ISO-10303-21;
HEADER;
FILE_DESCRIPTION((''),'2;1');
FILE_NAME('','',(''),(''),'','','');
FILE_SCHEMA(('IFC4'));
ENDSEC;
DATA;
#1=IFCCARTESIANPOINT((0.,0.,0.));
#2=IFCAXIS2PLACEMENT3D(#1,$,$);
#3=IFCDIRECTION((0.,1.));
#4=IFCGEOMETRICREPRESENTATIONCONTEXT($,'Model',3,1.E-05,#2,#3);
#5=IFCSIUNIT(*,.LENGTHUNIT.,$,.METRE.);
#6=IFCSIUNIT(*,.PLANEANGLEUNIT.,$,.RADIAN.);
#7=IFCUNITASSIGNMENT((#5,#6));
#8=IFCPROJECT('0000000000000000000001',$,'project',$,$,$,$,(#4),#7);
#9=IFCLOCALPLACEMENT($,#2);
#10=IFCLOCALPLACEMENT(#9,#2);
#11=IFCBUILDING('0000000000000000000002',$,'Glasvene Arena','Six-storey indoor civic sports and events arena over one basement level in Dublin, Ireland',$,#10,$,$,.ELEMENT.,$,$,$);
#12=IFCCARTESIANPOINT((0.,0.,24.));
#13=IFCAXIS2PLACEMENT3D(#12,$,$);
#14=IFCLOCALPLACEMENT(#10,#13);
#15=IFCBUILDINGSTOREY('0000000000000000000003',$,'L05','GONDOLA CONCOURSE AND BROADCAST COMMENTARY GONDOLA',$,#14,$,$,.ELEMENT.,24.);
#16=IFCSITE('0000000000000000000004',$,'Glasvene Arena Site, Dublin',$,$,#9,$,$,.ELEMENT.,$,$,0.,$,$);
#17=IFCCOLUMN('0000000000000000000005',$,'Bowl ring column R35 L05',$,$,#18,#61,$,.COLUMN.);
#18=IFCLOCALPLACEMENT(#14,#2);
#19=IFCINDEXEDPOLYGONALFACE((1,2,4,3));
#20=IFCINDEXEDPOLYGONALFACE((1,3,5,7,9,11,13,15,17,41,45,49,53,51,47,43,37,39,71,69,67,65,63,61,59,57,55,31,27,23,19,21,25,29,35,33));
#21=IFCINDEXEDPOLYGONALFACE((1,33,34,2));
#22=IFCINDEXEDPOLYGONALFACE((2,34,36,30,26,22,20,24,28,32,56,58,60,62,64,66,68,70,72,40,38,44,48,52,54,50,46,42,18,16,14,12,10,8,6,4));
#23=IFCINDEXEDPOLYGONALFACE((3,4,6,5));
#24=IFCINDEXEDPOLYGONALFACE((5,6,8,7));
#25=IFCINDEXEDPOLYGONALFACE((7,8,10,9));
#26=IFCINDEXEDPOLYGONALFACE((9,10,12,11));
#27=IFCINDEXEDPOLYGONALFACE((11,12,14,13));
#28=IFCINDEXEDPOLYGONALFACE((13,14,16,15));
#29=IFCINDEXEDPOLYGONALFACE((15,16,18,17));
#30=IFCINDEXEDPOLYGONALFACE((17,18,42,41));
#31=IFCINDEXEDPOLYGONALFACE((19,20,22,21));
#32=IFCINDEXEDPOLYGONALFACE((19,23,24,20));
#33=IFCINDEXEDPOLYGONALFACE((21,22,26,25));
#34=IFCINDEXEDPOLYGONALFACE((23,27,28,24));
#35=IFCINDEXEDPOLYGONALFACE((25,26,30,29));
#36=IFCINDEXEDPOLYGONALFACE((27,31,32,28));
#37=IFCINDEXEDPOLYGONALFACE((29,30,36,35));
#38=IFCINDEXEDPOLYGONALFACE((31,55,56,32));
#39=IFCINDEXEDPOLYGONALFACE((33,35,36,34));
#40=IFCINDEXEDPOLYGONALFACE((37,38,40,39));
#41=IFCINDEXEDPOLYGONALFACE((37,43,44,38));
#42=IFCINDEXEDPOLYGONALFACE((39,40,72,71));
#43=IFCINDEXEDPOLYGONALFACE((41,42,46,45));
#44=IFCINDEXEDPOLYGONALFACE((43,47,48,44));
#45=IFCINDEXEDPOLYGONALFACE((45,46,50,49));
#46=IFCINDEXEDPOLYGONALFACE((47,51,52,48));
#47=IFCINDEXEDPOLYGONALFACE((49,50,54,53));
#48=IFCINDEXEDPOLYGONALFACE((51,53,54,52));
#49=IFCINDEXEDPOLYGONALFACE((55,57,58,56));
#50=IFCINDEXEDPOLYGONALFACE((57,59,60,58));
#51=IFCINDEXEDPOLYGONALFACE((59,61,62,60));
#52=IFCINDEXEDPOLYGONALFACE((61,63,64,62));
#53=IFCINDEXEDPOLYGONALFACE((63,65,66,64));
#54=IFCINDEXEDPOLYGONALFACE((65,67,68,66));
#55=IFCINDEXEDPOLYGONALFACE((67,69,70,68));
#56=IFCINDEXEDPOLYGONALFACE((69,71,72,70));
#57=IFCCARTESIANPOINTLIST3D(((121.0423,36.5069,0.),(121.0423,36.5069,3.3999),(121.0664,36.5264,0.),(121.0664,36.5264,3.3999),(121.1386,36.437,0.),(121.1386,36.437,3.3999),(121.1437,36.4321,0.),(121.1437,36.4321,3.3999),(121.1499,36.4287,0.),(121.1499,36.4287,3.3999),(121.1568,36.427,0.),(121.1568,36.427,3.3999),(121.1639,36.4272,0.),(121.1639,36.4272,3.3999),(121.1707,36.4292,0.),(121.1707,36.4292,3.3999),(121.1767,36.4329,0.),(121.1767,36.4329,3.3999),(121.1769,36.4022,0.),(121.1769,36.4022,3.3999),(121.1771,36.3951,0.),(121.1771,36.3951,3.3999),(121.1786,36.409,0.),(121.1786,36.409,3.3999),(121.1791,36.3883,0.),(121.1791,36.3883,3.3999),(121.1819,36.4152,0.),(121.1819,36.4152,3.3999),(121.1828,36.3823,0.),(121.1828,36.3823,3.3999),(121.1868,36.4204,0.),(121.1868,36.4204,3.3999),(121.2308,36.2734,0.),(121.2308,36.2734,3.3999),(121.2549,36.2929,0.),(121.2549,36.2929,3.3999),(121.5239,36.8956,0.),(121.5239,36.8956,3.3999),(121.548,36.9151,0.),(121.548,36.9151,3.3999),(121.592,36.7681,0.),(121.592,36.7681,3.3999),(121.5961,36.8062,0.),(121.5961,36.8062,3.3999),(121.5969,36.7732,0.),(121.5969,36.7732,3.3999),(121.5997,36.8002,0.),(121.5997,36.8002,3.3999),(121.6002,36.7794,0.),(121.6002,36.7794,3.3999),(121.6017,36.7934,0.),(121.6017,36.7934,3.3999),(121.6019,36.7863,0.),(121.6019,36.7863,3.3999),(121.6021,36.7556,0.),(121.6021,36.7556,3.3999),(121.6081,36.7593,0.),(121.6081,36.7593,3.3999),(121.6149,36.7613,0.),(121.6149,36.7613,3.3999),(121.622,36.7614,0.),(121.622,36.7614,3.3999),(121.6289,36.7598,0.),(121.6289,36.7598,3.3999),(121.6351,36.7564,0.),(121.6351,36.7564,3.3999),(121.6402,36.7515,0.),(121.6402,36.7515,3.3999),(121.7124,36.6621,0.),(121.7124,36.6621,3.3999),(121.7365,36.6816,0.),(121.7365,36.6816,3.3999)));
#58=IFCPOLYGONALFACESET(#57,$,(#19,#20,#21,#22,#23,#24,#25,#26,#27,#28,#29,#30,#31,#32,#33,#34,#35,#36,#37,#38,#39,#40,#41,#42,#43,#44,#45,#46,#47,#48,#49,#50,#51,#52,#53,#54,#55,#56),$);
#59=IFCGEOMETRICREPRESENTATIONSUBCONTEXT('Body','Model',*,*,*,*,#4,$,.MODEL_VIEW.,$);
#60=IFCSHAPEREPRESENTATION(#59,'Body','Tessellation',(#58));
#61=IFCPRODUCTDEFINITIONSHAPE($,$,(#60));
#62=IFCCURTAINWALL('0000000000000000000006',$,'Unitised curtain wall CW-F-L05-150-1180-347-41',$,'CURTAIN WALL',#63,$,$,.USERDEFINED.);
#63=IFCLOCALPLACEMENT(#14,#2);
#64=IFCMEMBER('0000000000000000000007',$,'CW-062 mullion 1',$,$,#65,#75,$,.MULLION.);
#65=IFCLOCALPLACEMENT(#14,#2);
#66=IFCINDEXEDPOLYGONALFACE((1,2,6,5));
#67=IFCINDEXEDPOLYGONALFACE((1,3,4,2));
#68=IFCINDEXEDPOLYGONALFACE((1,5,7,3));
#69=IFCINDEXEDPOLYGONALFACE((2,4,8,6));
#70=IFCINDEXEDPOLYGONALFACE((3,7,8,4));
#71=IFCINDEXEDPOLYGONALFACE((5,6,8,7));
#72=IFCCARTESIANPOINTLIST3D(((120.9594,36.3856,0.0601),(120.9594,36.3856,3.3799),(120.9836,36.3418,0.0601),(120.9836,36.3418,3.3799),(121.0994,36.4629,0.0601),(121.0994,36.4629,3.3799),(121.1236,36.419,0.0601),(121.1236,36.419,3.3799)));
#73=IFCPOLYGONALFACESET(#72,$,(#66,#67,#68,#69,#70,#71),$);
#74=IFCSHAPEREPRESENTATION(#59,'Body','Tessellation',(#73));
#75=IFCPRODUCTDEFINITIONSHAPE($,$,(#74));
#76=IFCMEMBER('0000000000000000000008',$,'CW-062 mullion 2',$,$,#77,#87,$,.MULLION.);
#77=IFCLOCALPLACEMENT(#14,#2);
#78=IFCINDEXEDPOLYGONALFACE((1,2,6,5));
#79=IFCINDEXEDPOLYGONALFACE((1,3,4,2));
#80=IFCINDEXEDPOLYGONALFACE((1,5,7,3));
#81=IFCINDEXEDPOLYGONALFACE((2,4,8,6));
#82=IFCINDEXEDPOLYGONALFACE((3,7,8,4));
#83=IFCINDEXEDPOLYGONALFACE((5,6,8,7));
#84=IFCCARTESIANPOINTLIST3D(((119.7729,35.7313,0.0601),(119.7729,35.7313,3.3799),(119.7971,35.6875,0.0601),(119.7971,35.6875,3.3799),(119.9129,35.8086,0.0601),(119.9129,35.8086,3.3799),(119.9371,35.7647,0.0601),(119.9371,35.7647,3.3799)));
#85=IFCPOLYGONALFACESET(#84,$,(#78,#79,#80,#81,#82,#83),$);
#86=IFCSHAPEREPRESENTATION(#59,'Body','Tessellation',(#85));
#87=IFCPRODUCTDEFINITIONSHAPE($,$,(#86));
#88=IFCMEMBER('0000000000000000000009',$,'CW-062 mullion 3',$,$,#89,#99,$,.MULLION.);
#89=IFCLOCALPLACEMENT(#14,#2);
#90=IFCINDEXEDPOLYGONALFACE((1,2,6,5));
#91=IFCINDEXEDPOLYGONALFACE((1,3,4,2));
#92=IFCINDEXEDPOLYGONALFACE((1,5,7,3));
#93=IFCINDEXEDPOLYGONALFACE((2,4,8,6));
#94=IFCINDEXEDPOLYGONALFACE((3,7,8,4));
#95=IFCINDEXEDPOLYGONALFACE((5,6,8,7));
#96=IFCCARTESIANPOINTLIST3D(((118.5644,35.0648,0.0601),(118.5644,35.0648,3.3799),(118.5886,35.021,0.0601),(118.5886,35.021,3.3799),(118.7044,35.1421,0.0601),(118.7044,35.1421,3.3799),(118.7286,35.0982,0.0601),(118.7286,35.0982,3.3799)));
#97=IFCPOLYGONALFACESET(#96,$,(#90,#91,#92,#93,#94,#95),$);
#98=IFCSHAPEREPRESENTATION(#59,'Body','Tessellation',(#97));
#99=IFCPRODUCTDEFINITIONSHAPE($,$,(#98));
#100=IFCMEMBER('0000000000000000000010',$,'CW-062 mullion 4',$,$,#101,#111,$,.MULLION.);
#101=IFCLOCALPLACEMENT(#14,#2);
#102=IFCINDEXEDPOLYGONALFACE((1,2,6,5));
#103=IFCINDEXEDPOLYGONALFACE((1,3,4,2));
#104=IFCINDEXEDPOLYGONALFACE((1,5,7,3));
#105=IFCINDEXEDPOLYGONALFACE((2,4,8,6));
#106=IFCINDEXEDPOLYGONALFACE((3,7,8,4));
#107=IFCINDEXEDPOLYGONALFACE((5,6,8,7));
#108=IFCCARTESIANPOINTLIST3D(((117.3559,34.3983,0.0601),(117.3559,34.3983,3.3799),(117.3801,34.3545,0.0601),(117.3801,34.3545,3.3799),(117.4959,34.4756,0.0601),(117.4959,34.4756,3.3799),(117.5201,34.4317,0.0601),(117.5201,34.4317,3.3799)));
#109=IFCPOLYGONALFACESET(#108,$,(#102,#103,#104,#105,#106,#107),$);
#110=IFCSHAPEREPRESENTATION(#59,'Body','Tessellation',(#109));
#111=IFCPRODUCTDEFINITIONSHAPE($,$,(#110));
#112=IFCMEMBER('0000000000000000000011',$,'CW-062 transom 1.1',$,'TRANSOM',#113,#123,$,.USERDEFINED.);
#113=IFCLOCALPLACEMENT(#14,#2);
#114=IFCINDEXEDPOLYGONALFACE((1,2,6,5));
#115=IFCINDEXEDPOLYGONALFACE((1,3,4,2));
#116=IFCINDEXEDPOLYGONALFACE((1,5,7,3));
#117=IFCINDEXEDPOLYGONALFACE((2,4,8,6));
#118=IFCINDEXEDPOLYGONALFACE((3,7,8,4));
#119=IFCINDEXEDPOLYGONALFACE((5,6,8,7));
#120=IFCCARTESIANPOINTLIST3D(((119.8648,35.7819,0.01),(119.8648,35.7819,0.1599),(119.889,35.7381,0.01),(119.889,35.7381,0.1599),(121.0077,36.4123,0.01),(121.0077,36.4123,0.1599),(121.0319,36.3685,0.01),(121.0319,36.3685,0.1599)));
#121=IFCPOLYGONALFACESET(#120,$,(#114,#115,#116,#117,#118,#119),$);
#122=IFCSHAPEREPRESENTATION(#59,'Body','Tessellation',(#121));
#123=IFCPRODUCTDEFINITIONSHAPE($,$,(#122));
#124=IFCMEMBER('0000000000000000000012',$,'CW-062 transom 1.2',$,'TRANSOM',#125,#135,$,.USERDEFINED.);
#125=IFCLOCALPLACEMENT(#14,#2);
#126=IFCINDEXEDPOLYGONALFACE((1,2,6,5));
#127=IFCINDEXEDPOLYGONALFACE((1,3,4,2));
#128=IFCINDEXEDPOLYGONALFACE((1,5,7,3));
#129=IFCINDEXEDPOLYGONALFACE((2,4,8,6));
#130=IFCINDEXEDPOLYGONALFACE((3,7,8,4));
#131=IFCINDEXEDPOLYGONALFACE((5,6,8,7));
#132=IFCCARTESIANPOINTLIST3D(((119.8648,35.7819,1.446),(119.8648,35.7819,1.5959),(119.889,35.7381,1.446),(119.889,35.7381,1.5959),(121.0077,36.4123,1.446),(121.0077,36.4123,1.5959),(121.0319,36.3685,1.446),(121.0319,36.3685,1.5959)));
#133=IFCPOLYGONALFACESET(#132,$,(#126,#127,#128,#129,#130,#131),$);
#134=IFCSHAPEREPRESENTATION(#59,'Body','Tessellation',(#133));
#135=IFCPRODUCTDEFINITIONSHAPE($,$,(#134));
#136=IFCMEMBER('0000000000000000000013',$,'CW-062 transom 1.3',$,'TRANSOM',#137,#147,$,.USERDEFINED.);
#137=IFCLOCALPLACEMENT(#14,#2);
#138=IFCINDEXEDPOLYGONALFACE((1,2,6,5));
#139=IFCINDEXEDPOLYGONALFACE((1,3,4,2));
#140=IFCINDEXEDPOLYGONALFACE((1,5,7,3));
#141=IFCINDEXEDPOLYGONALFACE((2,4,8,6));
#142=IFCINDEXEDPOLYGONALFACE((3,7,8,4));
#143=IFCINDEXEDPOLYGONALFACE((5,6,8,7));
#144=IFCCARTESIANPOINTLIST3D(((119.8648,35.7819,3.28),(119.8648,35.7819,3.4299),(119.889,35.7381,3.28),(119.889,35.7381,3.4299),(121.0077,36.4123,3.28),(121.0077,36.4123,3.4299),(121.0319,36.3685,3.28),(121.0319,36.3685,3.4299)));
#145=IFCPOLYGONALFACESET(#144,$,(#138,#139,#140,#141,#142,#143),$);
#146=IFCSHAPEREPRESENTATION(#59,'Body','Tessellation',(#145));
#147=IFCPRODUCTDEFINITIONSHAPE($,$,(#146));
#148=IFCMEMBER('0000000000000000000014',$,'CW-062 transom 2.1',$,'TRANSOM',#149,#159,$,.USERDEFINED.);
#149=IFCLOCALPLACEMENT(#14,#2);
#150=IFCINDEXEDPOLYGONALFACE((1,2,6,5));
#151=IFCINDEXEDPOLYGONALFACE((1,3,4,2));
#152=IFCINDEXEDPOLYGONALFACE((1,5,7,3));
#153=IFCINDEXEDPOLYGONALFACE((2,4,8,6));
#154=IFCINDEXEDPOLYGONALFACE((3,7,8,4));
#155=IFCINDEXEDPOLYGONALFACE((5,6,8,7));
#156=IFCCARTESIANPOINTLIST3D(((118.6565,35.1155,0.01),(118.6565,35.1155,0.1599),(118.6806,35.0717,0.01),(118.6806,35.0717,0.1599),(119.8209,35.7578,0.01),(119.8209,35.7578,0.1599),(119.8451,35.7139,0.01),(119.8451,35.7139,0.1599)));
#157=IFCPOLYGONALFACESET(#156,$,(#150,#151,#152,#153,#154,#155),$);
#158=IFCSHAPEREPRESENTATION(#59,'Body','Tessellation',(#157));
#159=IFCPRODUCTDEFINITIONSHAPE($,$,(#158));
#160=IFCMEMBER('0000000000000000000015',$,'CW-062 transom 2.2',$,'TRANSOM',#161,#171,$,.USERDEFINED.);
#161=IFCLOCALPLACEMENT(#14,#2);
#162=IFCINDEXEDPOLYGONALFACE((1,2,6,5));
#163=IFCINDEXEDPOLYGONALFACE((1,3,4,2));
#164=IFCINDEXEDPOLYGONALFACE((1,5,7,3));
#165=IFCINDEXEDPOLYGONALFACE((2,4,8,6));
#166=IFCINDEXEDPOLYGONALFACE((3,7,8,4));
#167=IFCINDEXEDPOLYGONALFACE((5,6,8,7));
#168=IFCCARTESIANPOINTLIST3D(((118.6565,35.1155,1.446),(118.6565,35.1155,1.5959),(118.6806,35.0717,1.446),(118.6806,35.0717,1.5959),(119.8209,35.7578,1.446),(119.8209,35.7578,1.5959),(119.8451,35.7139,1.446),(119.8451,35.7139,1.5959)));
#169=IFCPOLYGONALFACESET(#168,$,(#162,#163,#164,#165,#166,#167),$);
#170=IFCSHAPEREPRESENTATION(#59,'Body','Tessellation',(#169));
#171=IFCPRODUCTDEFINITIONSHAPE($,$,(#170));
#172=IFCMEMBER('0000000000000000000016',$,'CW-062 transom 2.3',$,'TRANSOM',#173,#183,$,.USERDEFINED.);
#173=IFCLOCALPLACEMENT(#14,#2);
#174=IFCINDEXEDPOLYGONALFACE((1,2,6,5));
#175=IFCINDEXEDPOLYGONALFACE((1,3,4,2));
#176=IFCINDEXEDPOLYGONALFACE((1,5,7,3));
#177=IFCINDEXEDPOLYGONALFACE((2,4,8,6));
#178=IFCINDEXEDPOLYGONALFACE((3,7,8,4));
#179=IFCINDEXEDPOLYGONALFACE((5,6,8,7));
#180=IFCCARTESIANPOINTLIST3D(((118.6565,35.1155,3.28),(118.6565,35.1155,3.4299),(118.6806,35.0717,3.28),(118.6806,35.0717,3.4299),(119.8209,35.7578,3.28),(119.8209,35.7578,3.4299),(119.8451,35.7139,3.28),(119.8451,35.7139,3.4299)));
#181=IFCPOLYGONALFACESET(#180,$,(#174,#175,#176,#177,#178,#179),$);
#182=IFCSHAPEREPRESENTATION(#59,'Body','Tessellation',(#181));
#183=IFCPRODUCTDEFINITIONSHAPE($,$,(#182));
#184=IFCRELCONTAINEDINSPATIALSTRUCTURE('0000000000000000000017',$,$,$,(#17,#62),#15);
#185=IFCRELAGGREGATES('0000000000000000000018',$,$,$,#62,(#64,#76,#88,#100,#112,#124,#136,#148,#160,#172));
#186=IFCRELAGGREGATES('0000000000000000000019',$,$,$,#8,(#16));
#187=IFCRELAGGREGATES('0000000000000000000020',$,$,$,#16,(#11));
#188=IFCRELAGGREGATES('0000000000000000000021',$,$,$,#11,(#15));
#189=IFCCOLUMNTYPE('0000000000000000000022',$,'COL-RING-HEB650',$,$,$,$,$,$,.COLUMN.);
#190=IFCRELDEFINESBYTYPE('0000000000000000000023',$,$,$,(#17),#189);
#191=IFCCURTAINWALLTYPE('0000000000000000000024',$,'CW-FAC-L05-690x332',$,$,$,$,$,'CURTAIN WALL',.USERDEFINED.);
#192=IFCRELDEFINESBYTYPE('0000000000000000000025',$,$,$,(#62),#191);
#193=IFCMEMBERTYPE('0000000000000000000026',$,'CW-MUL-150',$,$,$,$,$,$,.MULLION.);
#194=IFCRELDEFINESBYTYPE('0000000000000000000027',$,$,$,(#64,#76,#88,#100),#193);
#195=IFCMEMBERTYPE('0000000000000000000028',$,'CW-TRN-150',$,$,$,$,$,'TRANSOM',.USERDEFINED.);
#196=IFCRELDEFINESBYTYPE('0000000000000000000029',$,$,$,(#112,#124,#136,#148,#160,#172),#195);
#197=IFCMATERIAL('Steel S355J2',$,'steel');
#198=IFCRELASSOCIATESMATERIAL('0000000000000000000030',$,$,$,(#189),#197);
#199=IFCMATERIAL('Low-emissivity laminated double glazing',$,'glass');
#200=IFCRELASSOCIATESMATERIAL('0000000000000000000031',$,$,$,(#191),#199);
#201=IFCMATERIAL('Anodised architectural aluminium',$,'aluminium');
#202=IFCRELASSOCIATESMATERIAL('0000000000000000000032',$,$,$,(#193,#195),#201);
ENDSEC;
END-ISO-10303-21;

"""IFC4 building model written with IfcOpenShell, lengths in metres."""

from ifc_helpers import new_model, si_unit, direction, frame, origin, origin_2d, place, context, subcontext, project, spatial, rectangle, i_section, extrude, material, material_profile, profile_set, type_object, element, aggregate, save


model = new_model("IFC4")

# Units and contexts
model_context = context("Model", 3, precision=1e-05, world=origin(), true_north=direction((0.0, 1.0)))
body_context = subcontext(model_context, "Body", "Model", "MODEL_VIEW")
ifc_project = project(units=[si_unit("LENGTHUNIT", "METRE"), si_unit("PLANEANGLEUNIT", "RADIAN")], contexts=[model_context])

# Site, building, storey
site_placement = place(None, origin())
site = spatial("IfcSite", under=ifc_project, at=site_placement, Name="Glasvene Arena Site, Dublin", CompositionType="ELEMENT", RefElevation=0.0)
building_placement = place(site_placement, origin())
building = spatial("IfcBuilding", under=site, at=building_placement, Name="Glasvene Arena", Description="Six-storey indoor civic sports and events arena over one basement level in Dublin, Ireland", CompositionType="ELEMENT")
storey_placement = place(building_placement, frame((0.0, 0.0, 24.0)))
storey = spatial("IfcBuildingStorey", under=building, at=storey_placement, Name="L05", Description="GONDOLA CONCOURSE AND BROADCAST COMMENTARY GONDOLA", CompositionType="ELEMENT", Elevation=24.0)

# Column
ifc_material_1 = material(Name="Steel S355J2", Category="steel")
ifc_material_profile_1 = material_profile(ifc_material_1, i_section(OverallWidth=0.3, OverallDepth=0.6499, WebThickness=0.0161, FlangeThickness=0.031, FilletRadius=0.0271, at=origin_2d()), Name="HEB 650")
ifc_profile_set_1 = profile_set([ifc_material_profile_1], Name="Steel S355J2")
column_type = type_object("IfcColumnType", Name="COL-RING-HEB650", PredefinedType="COLUMN", material=ifc_profile_set_1)
column_placement = place(storey_placement, frame((121.3894, 36.5942, 0.0), z_axis=(0.0, 0.0, 1.0), x_axis=(0.628099, -0.778134, 0.0)))
element("IfcColumn", 1, at=column_placement, inside=storey, type_object=column_type, Name="Bowl ring column R35 L05", PredefinedType="COLUMN", context=body_context, shape_type="SweptSolid", body=[
    extrude(i_section(OverallWidth=0.3, OverallDepth=0.6499, WebThickness=0.0161, FlangeThickness=0.031, FilletRadius=0.0271, at=origin_2d()), origin(), (0.0, 0.0, 1.0), 3.3999),
])

# Curtain wall, members
ifc_material_2 = material(Name="Low-emissivity laminated double glazing", Category="glass")
curtain_wall_type = type_object("IfcCurtainWallType", Name="CW-FAC-L05-690x332", ElementType="CURTAIN WALL", PredefinedType="USERDEFINED", material=ifc_material_2)
curtain_wall_placement = place(storey_placement, frame((121.0635, 36.4146, 0.0)))
curtain_wall = element("IfcCurtainWall", 2, at=curtain_wall_placement, inside=storey, type_object=curtain_wall_type, Name="Unitised curtain wall CW-F-L05-150-1180-347-41", ObjectType="CURTAIN WALL", PredefinedType="USERDEFINED")
ifc_material_3 = material(Name="Anodised architectural aluminium", Category="aluminium")
ifc_material_profile_2 = material_profile(ifc_material_3, rectangle(XDim=0.05, YDim=0.1599, at=origin_2d()), Name="ALU MULLION 50x160")
ifc_profile_set_2 = profile_set([ifc_material_profile_2], Name="Anodised architectural aluminium")
member_type_1 = type_object("IfcMemberType", Name="CW-MUL-150", PredefinedType="MULLION", material=ifc_profile_set_2)
member_1_placement = place(storey_placement, frame((121.0415, 36.4023, 0.0601), z_axis=(0.0, 0.0, 1.0), x_axis=(0.482939, -0.875654, 0.0)))
member_1 = element("IfcMember", 3, at=member_1_placement, type_object=member_type_1, Name="CW-062 mullion 1", PredefinedType="MULLION", context=body_context, shape_type="SweptSolid", body=[
    extrude(rectangle(XDim=0.05, YDim=0.1599, at=origin_2d()), origin(), (0.0, 0.0, 1.0), 3.3198),
])
member_2_placement = place(storey_placement, frame((119.855, 35.748, 0.0601), z_axis=(0.0, 0.0, 1.0), x_axis=(0.482939, -0.875654, 0.0)))
member_2 = element("IfcMember", 4, at=member_2_placement, type_object=member_type_1, Name="CW-062 mullion 2", PredefinedType="MULLION", context=body_context, shape_type="SweptSolid", body=[
    extrude(rectangle(XDim=0.05, YDim=0.1599, at=origin_2d()), origin(), (0.0, 0.0, 1.0), 3.3198),
])
member_3_placement = place(storey_placement, frame((118.6465, 35.0815, 0.0601), z_axis=(0.0, 0.0, 1.0), x_axis=(0.482939, -0.875654, 0.0)))
member_3 = element("IfcMember", 5, at=member_3_placement, type_object=member_type_1, Name="CW-062 mullion 3", PredefinedType="MULLION", context=body_context, shape_type="SweptSolid", body=[
    extrude(rectangle(XDim=0.05, YDim=0.1599, at=origin_2d()), origin(), (0.0, 0.0, 1.0), 3.3198),
])
member_4_placement = place(storey_placement, frame((117.438, 34.415, 0.0601), z_axis=(0.0, 0.0, 1.0), x_axis=(0.482939, -0.875654, 0.0)))
member_4 = element("IfcMember", 6, at=member_4_placement, type_object=member_type_1, Name="CW-062 mullion 4", PredefinedType="MULLION", context=body_context, shape_type="SweptSolid", body=[
    extrude(rectangle(XDim=0.05, YDim=0.1599, at=origin_2d()), origin(), (0.0, 0.0, 1.0), 3.3198),
])
ifc_material_profile_3 = material_profile(ifc_material_3, rectangle(XDim=0.05, YDim=0.1499, at=origin_2d()), Name="ALU TRANSOM 50x150")
ifc_profile_set_3 = profile_set([ifc_material_profile_3], Name="Anodised architectural aluminium")
member_type_2 = type_object("IfcMemberType", Name="CW-TRN-150", ElementType="TRANSOM", PredefinedType="USERDEFINED", material=ifc_profile_set_3)
member_5_placement = place(storey_placement, frame((121.0198, 36.3904, 0.085), z_axis=(-0.875627, -0.482988, 0.0), x_axis=(0.482988, -0.875627, 0.0)))
member_5 = element("IfcMember", 7, at=member_5_placement, type_object=member_type_2, Name="CW-062 transom 1.1", ObjectType="TRANSOM", PredefinedType="USERDEFINED", context=body_context, shape_type="SweptSolid", body=[
    extrude(rectangle(XDim=0.05, YDim=0.1499, at=origin_2d()), origin(), (0.0, 0.0, 1.0), 1.3052),
])
member_6_placement = place(storey_placement, frame((121.0198, 36.3904, 1.521), z_axis=(-0.875627, -0.482988, 0.0), x_axis=(0.482988, -0.875627, 0.0)))
member_6 = element("IfcMember", 8, at=member_6_placement, type_object=member_type_2, Name="CW-062 transom 1.2", ObjectType="TRANSOM", PredefinedType="USERDEFINED", context=body_context, shape_type="SweptSolid", body=[
    extrude(rectangle(XDim=0.05, YDim=0.1499, at=origin_2d()), origin(), (0.0, 0.0, 1.0), 1.3052),
])
member_7_placement = place(storey_placement, frame((121.0198, 36.3904, 3.355), z_axis=(-0.875627, -0.482988, 0.0), x_axis=(0.482988, -0.875627, 0.0)))
member_7 = element("IfcMember", 9, at=member_7_placement, type_object=member_type_2, Name="CW-062 transom 1.3", ObjectType="TRANSOM", PredefinedType="USERDEFINED", context=body_context, shape_type="SweptSolid", body=[
    extrude(rectangle(XDim=0.05, YDim=0.1499, at=origin_2d()), origin(), (0.0, 0.0, 1.0), 1.3052),
])
member_8_placement = place(storey_placement, frame((119.833, 35.7358, 0.085), z_axis=(-0.875634, -0.482975, 0.0), x_axis=(0.482975, -0.875634, 0.0)))
member_8 = element("IfcMember", 10, at=member_8_placement, type_object=member_type_2, Name="CW-062 transom 2.1", ObjectType="TRANSOM", PredefinedType="USERDEFINED", context=body_context, shape_type="SweptSolid", body=[
    extrude(rectangle(XDim=0.05, YDim=0.1499, at=origin_2d()), origin(), (0.0, 0.0, 1.0), 1.3298),
])
member_9_placement = place(storey_placement, frame((119.833, 35.7358, 1.521), z_axis=(-0.875634, -0.482975, 0.0), x_axis=(0.482975, -0.875634, 0.0)))
member_9 = element("IfcMember", 11, at=member_9_placement, type_object=member_type_2, Name="CW-062 transom 2.2", ObjectType="TRANSOM", PredefinedType="USERDEFINED", context=body_context, shape_type="SweptSolid", body=[
    extrude(rectangle(XDim=0.05, YDim=0.1499, at=origin_2d()), origin(), (0.0, 0.0, 1.0), 1.3298),
])
member_10_placement = place(storey_placement, frame((119.833, 35.7358, 3.355), z_axis=(-0.875634, -0.482975, 0.0), x_axis=(0.482975, -0.875634, 0.0)))
member_10 = element("IfcMember", 12, at=member_10_placement, type_object=member_type_2, Name="CW-062 transom 2.3", ObjectType="TRANSOM", PredefinedType="USERDEFINED", context=body_context, shape_type="SweptSolid", body=[
    extrude(rectangle(XDim=0.05, YDim=0.1499, at=origin_2d()), origin(), (0.0, 0.0, 1.0), 1.3298),
])
aggregate(curtain_wall, [member_1, member_2, member_3, member_4, member_5, member_6, member_7, member_8, member_9, member_10])

save(model, "model.ifc")
